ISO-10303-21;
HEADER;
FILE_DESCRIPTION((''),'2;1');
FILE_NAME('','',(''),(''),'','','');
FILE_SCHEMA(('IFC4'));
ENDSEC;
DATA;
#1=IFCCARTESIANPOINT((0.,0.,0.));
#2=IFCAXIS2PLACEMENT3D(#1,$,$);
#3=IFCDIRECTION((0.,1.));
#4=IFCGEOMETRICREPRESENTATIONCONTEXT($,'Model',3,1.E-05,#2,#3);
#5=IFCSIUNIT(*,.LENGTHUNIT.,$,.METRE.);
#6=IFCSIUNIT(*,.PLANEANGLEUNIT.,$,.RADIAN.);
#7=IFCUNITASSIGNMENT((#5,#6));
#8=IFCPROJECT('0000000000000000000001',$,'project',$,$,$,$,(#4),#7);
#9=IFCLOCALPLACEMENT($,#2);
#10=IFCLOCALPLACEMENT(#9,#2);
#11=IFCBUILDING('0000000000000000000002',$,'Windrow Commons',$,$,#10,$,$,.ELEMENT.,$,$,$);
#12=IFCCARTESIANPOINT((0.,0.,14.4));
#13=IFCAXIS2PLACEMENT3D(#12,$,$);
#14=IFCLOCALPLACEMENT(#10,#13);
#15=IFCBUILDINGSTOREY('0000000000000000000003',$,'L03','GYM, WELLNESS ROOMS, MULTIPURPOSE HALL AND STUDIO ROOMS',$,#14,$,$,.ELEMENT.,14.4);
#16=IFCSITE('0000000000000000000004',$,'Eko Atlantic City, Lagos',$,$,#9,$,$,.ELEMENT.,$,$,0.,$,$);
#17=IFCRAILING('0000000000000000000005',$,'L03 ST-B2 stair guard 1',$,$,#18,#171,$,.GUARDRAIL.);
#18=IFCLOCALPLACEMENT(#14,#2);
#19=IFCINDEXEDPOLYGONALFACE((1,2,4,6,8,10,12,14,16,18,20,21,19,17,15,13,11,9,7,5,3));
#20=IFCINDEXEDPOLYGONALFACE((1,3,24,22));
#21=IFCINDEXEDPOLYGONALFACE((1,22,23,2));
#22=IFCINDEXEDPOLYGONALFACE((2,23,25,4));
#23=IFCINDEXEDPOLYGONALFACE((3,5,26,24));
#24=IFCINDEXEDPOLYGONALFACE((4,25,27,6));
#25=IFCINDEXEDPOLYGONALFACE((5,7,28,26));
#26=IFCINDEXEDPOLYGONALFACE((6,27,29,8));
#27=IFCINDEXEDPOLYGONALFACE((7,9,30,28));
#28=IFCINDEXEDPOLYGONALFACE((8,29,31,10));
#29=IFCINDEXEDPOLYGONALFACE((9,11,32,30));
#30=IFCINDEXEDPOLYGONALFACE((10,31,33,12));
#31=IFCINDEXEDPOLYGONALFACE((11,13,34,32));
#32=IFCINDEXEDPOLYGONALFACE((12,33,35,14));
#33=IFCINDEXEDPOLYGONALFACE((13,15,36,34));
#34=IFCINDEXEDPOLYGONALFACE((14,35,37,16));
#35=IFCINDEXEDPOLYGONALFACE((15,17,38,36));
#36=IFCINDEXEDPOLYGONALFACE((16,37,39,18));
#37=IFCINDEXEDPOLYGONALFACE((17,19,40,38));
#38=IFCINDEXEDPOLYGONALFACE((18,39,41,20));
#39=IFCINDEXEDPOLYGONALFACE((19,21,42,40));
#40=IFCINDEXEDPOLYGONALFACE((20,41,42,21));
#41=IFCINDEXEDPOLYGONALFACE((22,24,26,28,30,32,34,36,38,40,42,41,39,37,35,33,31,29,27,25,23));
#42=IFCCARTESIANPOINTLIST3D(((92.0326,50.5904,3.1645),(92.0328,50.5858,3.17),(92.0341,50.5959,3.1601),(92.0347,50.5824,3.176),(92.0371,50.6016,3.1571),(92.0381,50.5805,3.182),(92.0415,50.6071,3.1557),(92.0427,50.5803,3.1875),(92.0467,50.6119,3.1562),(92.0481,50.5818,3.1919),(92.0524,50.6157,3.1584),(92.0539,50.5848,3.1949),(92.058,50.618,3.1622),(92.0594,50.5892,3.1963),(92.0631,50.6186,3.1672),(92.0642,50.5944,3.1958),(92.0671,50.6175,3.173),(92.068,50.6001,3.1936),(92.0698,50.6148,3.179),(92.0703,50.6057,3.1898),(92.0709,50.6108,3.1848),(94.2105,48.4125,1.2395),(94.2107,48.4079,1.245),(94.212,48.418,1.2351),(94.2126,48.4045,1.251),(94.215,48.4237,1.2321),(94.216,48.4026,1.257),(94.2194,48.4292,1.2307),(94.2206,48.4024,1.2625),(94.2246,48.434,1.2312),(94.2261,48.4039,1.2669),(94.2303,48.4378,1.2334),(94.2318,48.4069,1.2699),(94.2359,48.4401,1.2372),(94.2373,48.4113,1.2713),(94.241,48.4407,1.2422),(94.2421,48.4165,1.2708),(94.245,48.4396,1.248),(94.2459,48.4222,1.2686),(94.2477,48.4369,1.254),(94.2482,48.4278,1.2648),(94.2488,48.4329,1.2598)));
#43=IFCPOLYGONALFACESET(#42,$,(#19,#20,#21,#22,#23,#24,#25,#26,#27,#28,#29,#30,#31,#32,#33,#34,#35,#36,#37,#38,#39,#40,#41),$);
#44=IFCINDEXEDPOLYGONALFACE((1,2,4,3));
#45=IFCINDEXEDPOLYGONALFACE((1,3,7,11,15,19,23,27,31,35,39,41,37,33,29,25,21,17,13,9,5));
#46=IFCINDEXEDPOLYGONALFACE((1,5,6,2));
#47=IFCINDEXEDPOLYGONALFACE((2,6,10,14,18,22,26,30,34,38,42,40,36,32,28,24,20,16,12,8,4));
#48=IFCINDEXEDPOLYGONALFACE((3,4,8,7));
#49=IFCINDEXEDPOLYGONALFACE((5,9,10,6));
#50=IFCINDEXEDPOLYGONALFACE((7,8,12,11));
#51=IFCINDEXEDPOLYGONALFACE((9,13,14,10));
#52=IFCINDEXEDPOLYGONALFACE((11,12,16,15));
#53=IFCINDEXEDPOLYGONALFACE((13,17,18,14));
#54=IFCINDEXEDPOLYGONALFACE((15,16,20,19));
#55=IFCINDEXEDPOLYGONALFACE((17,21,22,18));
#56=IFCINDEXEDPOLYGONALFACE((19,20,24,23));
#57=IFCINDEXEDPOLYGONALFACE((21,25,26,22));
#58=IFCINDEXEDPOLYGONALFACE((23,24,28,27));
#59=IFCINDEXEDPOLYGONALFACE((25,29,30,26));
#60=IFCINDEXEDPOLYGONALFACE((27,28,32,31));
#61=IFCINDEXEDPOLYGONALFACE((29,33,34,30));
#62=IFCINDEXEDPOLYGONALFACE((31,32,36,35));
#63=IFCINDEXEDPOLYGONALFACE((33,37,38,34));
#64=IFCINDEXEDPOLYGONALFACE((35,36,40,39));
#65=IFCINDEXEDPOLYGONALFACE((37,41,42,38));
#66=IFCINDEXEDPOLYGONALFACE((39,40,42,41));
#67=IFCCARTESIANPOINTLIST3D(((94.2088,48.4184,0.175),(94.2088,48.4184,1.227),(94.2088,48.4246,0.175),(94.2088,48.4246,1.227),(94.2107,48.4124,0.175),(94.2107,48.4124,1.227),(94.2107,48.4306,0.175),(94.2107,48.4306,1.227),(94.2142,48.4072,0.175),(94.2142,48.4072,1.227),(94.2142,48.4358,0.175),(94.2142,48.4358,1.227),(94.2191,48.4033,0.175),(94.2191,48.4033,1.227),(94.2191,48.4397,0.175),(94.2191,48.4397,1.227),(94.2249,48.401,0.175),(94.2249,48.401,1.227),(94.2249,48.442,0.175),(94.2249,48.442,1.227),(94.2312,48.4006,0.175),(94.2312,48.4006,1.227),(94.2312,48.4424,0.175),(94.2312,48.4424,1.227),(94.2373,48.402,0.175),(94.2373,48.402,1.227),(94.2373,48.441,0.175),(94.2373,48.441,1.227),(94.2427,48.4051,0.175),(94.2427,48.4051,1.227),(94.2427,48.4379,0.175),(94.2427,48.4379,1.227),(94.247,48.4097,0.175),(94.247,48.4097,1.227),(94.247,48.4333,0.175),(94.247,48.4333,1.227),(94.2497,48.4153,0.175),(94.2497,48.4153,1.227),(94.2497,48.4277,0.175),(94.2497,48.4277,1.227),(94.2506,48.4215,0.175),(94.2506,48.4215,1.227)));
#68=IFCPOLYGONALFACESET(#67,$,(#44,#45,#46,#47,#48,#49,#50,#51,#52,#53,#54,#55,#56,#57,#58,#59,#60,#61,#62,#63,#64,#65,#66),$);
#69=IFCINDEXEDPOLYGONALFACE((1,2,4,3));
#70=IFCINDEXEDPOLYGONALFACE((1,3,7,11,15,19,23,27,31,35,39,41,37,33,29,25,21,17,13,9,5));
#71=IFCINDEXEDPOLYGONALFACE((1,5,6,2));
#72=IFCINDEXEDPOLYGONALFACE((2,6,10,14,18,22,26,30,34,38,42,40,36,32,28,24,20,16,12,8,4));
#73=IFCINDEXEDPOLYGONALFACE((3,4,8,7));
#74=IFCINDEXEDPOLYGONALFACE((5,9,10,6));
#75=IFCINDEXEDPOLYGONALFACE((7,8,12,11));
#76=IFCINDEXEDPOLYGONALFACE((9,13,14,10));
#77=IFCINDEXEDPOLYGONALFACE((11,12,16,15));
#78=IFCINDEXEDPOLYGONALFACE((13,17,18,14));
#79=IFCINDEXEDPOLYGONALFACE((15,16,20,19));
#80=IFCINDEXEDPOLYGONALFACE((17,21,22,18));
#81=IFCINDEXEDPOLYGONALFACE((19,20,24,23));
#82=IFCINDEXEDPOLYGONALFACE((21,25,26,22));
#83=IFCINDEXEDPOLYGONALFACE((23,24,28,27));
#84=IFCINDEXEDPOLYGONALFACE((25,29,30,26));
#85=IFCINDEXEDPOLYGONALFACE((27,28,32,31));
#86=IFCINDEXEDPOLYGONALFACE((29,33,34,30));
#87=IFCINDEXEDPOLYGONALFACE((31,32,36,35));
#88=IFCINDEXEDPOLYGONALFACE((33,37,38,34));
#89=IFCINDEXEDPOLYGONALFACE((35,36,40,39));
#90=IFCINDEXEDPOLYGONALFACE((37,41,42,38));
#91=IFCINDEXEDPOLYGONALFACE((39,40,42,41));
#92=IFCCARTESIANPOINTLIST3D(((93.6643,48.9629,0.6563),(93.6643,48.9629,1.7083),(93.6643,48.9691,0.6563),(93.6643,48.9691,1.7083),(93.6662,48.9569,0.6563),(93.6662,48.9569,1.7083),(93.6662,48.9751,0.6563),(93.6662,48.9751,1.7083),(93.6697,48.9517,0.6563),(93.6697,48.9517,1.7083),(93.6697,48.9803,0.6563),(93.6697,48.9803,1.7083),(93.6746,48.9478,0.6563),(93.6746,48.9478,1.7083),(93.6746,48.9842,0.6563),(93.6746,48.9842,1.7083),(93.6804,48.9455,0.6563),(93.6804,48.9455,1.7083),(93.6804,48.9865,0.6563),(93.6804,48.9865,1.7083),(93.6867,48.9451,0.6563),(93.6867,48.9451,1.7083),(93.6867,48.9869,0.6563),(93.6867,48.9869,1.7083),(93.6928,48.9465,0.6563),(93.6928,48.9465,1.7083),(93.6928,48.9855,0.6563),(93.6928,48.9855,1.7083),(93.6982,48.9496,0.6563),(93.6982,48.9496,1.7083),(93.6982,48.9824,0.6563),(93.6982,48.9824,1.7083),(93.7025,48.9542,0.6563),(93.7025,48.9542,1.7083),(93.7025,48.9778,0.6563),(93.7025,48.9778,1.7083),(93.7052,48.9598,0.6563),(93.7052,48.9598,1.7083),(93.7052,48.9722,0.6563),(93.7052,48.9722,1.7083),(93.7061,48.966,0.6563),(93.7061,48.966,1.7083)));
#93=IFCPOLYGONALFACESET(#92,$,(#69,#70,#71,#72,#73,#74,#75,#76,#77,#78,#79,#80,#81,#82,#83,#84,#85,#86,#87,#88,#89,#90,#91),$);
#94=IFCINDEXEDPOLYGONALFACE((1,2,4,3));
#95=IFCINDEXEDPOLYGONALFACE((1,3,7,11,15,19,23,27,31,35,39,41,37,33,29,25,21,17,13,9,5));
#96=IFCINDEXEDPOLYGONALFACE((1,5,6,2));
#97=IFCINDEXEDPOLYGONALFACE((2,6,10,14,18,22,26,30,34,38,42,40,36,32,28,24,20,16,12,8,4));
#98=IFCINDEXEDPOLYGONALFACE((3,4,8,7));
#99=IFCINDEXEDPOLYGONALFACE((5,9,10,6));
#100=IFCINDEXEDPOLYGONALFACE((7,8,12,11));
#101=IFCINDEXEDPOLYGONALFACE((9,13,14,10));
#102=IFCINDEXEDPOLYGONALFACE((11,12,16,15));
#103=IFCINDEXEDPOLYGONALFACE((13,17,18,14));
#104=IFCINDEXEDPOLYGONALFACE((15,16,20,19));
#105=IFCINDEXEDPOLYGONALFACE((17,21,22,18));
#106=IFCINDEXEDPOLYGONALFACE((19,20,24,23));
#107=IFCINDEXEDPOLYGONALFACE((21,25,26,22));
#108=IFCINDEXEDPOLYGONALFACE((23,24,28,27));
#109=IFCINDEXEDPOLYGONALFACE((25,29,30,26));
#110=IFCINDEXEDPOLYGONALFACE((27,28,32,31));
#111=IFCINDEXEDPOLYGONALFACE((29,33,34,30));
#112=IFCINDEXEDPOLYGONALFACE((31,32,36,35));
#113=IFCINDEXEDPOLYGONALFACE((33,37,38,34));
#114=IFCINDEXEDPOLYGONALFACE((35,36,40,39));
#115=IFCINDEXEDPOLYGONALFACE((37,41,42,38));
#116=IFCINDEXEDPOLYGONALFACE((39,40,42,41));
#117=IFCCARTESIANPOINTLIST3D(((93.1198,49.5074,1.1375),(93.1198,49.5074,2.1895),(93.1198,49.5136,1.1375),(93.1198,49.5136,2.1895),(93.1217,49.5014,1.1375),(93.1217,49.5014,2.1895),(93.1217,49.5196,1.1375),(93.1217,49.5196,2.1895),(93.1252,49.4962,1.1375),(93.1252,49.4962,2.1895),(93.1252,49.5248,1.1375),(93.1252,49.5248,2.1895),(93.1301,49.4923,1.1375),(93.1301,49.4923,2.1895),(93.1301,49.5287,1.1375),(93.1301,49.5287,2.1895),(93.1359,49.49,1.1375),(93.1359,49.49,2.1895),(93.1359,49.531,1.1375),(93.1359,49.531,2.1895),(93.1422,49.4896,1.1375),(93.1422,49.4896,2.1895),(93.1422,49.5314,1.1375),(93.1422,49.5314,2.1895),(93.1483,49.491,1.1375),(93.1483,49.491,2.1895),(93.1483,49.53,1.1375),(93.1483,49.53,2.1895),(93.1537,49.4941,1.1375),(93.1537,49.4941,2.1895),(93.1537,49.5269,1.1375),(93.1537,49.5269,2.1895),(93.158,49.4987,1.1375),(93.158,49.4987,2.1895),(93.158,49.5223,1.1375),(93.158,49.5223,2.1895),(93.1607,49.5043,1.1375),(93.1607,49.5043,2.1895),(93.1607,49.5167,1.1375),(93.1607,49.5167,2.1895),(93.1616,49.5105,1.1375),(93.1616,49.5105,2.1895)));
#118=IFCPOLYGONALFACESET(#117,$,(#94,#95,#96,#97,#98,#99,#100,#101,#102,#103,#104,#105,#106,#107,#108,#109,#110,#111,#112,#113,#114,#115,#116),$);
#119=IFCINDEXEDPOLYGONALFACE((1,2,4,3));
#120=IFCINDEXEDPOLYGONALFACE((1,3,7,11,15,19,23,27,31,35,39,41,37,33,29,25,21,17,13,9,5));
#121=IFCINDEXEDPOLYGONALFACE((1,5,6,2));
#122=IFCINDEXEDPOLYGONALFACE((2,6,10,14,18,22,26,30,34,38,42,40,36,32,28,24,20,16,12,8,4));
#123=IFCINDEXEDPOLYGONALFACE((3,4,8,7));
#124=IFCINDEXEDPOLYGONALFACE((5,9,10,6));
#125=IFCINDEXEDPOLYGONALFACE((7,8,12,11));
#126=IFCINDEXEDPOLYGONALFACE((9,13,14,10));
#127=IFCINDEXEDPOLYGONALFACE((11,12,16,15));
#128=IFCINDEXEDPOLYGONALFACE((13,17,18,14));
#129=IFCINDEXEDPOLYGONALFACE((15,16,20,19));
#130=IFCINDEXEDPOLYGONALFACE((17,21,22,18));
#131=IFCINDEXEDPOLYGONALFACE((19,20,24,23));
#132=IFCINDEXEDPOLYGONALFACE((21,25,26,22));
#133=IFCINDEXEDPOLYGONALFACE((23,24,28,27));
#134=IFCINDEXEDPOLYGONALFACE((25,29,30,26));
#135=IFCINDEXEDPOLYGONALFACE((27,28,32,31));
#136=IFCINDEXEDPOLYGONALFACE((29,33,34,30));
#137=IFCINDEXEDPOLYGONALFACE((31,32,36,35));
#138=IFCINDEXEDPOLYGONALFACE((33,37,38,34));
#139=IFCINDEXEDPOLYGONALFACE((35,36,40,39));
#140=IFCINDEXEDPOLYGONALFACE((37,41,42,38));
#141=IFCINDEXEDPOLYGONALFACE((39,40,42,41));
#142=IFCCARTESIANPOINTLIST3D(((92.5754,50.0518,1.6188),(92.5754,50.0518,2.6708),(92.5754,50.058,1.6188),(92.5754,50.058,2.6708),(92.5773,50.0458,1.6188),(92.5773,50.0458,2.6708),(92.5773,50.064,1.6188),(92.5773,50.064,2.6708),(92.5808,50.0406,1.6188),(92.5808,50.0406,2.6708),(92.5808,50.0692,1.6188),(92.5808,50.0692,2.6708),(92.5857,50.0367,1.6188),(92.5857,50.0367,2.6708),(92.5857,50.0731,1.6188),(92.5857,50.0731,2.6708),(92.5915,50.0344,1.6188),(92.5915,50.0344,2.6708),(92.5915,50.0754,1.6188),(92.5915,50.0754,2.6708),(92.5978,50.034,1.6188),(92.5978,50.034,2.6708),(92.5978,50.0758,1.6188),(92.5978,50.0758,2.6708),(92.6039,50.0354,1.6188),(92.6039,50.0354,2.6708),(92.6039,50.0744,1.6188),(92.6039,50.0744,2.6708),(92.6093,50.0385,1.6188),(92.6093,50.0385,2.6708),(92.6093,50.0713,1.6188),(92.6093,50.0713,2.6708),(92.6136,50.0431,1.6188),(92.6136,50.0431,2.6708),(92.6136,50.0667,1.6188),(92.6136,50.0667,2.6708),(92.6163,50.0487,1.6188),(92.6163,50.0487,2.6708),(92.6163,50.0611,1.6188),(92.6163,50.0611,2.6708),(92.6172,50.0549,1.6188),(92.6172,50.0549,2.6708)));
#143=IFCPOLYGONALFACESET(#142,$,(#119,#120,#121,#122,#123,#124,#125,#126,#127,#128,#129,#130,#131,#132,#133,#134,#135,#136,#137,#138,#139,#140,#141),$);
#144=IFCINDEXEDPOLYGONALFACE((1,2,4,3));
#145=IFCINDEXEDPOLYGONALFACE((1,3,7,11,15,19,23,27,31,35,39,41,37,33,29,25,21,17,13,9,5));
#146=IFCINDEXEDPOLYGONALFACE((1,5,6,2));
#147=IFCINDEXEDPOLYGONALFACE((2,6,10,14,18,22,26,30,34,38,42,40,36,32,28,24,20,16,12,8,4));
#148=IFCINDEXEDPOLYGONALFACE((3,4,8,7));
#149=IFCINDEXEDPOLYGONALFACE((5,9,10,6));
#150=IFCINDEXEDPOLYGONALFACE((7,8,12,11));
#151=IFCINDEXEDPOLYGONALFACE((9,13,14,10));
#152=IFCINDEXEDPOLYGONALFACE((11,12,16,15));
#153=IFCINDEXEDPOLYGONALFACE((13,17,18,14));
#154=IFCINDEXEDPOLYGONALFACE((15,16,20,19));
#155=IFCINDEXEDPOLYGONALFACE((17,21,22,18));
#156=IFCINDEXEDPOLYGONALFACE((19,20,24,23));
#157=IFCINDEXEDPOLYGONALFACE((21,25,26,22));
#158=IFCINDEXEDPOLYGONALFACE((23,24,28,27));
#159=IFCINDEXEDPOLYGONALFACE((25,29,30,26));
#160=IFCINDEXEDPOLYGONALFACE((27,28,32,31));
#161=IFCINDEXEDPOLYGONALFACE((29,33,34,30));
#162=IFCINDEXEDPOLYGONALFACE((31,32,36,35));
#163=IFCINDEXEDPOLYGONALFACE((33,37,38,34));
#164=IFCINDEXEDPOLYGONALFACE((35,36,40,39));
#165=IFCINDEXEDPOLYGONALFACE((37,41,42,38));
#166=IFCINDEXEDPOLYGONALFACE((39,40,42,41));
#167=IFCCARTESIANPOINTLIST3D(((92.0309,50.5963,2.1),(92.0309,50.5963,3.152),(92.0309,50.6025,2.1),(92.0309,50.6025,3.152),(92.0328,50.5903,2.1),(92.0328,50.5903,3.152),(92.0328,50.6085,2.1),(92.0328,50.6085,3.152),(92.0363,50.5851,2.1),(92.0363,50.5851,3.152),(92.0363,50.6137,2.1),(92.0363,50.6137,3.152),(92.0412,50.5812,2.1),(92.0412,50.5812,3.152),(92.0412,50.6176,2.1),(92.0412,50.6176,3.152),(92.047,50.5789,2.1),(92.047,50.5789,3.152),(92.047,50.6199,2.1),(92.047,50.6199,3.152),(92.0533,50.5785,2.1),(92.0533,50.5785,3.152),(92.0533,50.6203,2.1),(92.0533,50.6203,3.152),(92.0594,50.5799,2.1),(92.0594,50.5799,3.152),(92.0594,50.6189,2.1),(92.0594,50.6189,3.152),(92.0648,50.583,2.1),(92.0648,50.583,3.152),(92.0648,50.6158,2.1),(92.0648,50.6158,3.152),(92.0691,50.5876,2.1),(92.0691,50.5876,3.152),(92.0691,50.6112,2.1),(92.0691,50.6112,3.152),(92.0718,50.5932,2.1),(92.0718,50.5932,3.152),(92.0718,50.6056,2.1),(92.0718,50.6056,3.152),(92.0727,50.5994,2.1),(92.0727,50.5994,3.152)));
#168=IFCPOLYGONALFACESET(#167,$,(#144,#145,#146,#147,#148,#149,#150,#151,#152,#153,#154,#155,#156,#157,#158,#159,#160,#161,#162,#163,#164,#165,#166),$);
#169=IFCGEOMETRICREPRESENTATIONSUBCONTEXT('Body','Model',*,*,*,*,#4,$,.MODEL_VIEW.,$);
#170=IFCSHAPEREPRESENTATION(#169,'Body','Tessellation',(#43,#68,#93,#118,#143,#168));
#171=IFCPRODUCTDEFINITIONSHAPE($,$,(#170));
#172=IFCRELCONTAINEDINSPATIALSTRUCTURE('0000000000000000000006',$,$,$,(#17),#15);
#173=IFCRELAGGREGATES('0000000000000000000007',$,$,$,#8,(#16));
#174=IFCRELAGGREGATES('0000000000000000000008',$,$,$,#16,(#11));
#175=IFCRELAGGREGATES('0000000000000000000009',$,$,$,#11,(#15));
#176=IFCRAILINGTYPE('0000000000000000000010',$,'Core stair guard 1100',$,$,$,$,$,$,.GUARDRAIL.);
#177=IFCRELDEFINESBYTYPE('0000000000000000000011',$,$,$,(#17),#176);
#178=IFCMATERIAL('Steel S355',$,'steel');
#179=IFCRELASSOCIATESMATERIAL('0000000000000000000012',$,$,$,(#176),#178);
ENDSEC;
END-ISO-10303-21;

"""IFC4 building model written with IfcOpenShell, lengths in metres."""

from ifc_helpers import new_model, si_unit, direction, frame, origin, origin_2d, place, context, subcontext, project, spatial, circle, extrude, material, type_object, element, save


model = new_model("IFC4")

# Units and contexts
model_context = context("Model", 3, precision=1e-05, world=origin(), true_north=direction((0.0, 1.0)))
body_context = subcontext(model_context, "Body", "Model", "MODEL_VIEW")
ifc_project = project(units=[si_unit("LENGTHUNIT", "METRE"), si_unit("PLANEANGLEUNIT", "RADIAN")], contexts=[model_context])

# Site, building, storey
site_placement = place(None, origin())
site = spatial("IfcSite", under=ifc_project, at=site_placement, Name="Eko Atlantic City, Lagos", CompositionType="ELEMENT", RefElevation=0.0)
building_placement = place(site_placement, origin())
building = spatial("IfcBuilding", under=site, at=building_placement, Name="Windrow Commons", CompositionType="ELEMENT")
storey_placement = place(building_placement, frame((0.0, 0.0, 14.4)))
storey = spatial("IfcBuildingStorey", under=building, at=storey_placement, Name="L03", Description="GYM, WELLNESS ROOMS, MULTIPURPOSE HALL AND STUDIO ROOMS", CompositionType="ELEMENT", Elevation=14.4)

# Railing
ifc_material_1 = material(Name="Steel S355", Category="steel")
railing_type = type_object("IfcRailingType", Name="Core stair guard 1100", PredefinedType="GUARDRAIL", material=ifc_material_1)
railing_placement = place(storey_placement, frame((94.2296, 48.4215, 0.175)))
element("IfcRailing", 1, at=railing_placement, inside=storey, type_object=railing_type, Name="L03 ST-B2 stair guard 1", PredefinedType="GUARDRAIL", context=body_context, shape_type="SweptSolid", body=[
    extrude(circle(Radius=0.024, at=origin_2d()), frame((0.0, 0.0, 1.076), z_axis=(-0.599626, 0.599626, 0.529997), x_axis=(-0.707107, -0.707107, 0.0)), (0.0, 0.0, 1.0), 3.6321),
    extrude(circle(Radius=0.021, at=origin_2d()), origin(), (0.0, 0.0, 1.0), 1.052),
    extrude(circle(Radius=0.021, at=origin_2d()), frame((-0.5445, 0.5445, 0.4813)), (0.0, 0.0, 1.0), 1.052),
    extrude(circle(Radius=0.021, at=origin_2d()), frame((-1.089, 1.089, 0.9625)), (0.0, 0.0, 1.0), 1.052),
    extrude(circle(Radius=0.021, at=origin_2d()), frame((-1.6334, 1.6334, 1.4438)), (0.0, 0.0, 1.0), 1.052),
    extrude(circle(Radius=0.021, at=origin_2d()), frame((-2.1779, 2.1779, 1.925)), (0.0, 0.0, 1.0), 1.052),
])

save(model, "model.ifc")
